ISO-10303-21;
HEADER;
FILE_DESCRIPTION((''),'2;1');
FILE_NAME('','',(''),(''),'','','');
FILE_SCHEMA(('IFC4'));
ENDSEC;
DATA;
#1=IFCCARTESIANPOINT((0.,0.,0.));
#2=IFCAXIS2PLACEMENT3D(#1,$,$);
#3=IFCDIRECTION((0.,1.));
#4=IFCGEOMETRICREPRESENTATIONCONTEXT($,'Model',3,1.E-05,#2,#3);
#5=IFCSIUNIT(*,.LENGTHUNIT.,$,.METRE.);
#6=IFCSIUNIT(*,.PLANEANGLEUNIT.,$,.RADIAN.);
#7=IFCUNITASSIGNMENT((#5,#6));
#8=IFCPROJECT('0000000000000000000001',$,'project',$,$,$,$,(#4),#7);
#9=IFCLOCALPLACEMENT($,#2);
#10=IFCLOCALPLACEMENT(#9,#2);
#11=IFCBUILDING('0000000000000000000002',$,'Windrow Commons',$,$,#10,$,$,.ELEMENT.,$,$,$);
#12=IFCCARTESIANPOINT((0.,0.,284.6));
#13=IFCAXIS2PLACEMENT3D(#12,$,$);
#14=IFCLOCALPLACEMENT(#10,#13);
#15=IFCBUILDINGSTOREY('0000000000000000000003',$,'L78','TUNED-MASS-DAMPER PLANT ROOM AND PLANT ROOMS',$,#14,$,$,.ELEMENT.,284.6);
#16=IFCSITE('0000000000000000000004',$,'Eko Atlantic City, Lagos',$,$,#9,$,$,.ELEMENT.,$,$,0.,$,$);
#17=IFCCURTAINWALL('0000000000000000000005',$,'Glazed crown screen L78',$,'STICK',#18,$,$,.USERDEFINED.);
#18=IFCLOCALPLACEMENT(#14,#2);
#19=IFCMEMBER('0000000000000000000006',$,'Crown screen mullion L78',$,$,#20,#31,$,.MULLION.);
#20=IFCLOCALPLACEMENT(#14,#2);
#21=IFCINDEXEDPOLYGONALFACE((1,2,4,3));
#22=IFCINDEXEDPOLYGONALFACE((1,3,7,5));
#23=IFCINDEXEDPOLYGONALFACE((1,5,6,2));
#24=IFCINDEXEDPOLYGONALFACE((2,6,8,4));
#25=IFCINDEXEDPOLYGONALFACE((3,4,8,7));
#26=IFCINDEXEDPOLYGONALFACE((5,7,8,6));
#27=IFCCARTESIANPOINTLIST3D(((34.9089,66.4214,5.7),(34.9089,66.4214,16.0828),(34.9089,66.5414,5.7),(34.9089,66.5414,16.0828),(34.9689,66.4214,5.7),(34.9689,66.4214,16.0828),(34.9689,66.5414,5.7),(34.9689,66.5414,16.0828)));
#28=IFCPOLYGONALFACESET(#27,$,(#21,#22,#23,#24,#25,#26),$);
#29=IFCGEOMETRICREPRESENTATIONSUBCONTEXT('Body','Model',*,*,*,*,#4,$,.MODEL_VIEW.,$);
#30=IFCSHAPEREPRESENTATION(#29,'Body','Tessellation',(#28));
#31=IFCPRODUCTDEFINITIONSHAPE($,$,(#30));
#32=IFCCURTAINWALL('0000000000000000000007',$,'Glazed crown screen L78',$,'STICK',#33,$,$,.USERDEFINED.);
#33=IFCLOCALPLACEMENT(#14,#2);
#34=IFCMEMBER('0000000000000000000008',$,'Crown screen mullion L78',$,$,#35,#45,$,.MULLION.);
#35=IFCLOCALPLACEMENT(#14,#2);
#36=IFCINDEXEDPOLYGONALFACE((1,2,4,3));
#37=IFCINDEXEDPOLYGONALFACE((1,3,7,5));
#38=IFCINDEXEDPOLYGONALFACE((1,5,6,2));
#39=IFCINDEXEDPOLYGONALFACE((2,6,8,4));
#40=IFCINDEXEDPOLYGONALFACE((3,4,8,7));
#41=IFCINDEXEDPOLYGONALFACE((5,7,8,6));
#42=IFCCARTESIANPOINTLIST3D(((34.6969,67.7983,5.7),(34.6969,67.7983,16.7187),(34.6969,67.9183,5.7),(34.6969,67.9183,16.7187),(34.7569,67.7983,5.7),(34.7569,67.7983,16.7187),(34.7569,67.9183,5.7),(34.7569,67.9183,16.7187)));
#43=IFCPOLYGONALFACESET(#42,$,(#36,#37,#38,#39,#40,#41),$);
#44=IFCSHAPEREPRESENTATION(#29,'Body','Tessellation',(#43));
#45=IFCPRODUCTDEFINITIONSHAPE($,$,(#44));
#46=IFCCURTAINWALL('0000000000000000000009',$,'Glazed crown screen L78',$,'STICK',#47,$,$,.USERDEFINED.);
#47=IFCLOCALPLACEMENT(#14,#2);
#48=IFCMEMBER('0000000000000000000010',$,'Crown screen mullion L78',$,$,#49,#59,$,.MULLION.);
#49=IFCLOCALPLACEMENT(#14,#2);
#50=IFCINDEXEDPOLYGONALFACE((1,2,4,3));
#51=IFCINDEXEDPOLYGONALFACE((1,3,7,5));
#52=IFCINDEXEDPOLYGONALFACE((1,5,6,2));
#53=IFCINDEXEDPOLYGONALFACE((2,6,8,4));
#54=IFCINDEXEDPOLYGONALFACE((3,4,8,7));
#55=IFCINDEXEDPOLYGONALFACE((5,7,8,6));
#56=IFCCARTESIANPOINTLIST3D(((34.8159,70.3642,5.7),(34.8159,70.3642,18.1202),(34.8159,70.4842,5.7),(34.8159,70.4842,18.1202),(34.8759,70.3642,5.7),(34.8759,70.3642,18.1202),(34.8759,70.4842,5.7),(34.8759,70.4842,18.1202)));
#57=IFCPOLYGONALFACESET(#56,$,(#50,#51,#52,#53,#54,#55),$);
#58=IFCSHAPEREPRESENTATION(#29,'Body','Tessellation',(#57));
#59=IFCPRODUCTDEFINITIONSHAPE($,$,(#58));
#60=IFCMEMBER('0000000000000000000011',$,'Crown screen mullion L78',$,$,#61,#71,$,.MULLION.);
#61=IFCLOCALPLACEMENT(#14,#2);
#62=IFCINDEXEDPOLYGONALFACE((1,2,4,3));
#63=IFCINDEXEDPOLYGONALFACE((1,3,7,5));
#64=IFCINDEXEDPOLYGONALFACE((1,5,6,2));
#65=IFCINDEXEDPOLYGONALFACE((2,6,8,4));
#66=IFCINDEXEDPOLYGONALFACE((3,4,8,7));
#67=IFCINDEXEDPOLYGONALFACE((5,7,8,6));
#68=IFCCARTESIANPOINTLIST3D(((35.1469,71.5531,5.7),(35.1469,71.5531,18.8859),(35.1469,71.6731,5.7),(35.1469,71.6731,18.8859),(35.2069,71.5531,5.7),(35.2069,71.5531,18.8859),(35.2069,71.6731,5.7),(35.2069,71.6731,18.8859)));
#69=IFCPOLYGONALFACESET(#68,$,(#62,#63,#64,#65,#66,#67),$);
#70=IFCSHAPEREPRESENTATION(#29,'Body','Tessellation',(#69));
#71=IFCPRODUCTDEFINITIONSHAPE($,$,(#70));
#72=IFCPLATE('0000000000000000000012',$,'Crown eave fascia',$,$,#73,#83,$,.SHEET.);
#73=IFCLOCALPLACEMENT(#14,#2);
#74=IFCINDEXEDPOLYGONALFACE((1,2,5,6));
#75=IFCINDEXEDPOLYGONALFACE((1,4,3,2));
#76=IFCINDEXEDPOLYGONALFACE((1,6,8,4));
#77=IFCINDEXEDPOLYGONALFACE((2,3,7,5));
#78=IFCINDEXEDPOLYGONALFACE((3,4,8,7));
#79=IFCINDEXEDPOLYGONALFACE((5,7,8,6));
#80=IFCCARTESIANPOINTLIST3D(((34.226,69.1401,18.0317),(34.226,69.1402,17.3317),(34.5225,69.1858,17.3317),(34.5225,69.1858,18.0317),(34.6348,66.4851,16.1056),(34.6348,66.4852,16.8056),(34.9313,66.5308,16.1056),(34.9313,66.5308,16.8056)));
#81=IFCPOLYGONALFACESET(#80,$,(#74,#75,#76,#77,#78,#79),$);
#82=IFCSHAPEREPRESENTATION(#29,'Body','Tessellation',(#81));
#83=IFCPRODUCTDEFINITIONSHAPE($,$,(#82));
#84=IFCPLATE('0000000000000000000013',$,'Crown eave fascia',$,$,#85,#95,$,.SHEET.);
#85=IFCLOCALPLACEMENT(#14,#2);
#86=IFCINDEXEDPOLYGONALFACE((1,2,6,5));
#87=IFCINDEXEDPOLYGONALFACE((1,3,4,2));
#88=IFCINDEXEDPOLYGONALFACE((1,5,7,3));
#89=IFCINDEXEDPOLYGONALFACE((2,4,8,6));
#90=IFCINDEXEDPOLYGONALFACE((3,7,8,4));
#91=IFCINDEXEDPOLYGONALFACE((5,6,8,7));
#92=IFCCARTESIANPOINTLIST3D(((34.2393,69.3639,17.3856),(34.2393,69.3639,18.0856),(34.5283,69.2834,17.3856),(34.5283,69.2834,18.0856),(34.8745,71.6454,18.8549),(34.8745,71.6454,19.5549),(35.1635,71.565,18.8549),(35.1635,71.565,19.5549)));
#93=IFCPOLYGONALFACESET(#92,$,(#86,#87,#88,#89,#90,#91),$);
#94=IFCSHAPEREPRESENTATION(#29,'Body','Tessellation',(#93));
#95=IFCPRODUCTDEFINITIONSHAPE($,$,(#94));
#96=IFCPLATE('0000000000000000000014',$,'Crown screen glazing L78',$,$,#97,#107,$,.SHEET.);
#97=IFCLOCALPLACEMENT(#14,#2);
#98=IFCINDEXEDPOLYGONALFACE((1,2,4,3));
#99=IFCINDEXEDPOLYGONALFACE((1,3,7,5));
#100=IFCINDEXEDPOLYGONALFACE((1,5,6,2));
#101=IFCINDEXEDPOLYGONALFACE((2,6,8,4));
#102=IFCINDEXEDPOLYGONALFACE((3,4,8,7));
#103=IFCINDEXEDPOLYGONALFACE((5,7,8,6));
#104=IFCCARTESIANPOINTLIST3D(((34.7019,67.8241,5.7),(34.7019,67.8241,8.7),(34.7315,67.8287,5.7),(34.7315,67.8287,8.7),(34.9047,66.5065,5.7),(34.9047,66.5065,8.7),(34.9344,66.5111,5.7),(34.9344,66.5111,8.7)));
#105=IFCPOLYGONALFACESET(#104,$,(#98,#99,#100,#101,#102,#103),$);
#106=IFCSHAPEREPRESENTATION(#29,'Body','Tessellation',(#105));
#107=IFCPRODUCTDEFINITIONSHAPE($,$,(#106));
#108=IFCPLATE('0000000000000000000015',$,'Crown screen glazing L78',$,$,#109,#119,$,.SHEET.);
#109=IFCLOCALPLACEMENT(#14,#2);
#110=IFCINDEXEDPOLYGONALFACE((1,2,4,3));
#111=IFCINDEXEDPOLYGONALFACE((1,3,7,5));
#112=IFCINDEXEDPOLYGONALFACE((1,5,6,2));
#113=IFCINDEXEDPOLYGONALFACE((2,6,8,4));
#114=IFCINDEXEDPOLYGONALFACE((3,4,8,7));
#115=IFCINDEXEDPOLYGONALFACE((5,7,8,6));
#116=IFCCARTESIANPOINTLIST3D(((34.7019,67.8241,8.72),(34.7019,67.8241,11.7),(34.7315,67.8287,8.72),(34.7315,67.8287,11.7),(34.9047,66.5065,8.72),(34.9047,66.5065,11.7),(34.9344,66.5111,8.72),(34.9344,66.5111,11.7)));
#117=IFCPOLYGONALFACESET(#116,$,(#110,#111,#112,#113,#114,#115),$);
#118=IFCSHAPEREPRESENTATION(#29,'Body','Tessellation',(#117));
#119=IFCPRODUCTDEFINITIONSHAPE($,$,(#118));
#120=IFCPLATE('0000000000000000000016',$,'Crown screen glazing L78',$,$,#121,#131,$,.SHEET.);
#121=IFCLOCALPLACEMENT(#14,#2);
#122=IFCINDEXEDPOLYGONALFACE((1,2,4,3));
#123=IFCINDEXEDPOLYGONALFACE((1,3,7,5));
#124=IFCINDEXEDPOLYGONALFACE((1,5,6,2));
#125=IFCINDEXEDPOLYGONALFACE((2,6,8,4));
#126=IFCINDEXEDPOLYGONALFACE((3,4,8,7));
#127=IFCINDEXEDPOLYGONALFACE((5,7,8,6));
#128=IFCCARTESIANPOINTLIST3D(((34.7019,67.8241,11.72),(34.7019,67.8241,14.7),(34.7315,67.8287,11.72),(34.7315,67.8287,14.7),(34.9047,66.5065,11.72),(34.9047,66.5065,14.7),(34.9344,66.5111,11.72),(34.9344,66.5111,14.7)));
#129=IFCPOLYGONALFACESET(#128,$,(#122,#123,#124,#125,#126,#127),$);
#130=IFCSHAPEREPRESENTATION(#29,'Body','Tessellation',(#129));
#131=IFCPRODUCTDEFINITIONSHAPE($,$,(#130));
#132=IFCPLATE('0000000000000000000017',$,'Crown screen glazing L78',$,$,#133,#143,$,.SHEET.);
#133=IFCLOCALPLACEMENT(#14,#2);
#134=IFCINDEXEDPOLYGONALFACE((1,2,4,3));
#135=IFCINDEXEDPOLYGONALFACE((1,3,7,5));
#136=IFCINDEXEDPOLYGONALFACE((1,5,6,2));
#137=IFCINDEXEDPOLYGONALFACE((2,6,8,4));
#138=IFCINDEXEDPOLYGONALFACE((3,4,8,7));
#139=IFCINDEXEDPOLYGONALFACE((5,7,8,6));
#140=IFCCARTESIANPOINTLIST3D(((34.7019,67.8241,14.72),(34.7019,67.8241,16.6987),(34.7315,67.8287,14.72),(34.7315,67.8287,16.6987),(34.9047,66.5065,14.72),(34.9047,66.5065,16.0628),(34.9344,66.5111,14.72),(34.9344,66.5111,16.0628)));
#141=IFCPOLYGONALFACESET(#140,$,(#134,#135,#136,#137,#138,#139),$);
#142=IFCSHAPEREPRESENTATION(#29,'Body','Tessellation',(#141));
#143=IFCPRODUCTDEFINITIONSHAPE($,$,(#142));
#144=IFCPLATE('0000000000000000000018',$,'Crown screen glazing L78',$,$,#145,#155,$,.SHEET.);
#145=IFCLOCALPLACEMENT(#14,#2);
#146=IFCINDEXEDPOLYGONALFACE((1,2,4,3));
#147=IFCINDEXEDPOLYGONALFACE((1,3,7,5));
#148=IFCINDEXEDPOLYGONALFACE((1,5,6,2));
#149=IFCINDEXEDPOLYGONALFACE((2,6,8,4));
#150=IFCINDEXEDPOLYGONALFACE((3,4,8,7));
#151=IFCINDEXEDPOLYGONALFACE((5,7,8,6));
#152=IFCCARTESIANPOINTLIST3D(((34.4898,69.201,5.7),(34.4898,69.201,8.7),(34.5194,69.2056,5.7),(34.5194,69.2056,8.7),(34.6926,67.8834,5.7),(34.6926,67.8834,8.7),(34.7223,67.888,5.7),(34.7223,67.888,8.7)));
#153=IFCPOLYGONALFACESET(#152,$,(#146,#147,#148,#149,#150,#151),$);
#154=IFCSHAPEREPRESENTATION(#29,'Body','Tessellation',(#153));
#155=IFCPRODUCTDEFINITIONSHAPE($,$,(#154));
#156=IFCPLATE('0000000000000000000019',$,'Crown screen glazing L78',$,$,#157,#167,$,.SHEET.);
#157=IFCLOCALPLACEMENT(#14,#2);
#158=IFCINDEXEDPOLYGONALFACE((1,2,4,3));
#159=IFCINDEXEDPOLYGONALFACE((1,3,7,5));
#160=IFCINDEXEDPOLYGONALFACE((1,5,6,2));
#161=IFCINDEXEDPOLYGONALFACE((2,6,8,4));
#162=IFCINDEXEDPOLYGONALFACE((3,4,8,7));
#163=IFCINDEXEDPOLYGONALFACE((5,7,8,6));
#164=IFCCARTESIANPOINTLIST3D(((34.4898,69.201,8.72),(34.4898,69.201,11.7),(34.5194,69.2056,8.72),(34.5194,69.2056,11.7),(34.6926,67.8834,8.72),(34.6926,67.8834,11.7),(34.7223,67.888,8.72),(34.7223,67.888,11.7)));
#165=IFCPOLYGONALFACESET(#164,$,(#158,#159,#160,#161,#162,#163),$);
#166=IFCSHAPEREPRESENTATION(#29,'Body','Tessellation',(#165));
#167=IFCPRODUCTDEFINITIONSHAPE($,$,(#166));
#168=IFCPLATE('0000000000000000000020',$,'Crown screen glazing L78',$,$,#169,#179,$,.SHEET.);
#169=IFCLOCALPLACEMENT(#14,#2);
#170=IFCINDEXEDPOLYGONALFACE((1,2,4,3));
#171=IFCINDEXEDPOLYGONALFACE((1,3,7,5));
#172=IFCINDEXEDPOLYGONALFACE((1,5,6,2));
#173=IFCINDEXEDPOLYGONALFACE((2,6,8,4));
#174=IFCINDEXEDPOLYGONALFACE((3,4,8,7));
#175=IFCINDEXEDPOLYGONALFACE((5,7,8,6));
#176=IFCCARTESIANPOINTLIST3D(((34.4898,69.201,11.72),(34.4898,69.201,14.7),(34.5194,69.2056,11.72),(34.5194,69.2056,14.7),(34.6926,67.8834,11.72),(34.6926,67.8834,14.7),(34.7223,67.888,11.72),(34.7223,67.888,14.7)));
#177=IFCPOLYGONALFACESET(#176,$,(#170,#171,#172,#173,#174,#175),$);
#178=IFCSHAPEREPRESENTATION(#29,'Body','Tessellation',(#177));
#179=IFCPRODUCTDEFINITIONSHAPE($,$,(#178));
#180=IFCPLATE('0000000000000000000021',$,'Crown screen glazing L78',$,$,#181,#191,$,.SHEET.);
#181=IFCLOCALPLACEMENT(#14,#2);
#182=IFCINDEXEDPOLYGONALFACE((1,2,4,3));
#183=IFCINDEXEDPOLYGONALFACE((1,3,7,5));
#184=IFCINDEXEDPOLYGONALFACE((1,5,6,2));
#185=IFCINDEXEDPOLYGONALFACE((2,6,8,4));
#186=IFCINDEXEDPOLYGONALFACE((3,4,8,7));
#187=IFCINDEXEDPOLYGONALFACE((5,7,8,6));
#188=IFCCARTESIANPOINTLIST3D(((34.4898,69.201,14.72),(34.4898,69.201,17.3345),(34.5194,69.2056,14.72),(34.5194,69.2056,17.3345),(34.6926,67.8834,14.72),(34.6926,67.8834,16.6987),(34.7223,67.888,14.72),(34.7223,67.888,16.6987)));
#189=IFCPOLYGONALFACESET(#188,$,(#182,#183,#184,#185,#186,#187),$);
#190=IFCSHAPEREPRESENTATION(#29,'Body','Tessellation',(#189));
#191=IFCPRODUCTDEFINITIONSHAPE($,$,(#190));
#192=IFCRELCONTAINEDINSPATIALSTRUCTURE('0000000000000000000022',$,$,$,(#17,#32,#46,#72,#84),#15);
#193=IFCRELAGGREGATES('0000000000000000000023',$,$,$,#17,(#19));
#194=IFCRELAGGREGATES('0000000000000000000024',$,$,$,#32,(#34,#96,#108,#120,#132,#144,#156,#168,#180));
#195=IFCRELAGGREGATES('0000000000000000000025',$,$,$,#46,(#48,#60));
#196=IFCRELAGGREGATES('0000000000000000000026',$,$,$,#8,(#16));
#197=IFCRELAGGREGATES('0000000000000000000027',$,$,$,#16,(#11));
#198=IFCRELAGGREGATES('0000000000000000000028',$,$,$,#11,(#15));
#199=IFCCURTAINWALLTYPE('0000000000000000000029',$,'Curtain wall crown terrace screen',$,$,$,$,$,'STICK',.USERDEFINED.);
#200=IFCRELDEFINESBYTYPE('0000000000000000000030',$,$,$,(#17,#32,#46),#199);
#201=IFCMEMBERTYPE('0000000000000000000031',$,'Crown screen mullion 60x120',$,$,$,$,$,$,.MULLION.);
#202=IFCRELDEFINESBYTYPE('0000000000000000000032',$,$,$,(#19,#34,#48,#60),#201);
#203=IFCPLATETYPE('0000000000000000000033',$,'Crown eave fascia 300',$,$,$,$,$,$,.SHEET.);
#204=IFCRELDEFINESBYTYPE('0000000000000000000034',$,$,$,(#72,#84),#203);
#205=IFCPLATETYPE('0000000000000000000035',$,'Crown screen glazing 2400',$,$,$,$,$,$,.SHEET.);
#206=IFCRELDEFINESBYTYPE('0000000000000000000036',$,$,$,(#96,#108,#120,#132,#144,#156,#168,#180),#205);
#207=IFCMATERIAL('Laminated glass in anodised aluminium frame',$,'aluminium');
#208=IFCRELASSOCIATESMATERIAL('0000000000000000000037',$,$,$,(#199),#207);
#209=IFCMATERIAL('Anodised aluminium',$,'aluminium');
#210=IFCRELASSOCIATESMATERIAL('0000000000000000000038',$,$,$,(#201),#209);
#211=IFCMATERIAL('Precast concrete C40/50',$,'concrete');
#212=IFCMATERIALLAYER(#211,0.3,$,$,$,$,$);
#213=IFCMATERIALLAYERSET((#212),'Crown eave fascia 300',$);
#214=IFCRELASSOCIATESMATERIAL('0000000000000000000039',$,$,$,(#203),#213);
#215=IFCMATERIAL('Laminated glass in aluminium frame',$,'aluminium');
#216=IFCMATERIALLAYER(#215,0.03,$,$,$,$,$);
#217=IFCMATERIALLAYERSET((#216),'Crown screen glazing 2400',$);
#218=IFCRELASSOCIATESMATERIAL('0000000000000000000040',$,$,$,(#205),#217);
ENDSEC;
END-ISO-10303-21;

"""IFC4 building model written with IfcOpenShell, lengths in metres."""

from ifc_helpers import new_model, si_unit, direction, frame, origin, origin_2d, place, context, subcontext, project, spatial, polyline, rectangle, outline, extrude, material, layer, layer_set, material_profile, profile_set, type_object, element, aggregate, save


model = new_model("IFC4")

# Units and contexts
model_context = context("Model", 3, precision=1e-05, world=origin(), true_north=direction((0.0, 1.0)))
body_context = subcontext(model_context, "Body", "Model", "MODEL_VIEW")
ifc_project = project(units=[si_unit("LENGTHUNIT", "METRE"), si_unit("PLANEANGLEUNIT", "RADIAN")], contexts=[model_context])

# Site, building, storey
site_placement = place(None, origin())
site = spatial("IfcSite", under=ifc_project, at=site_placement, Name="Eko Atlantic City, Lagos", CompositionType="ELEMENT", RefElevation=0.0)
building_placement = place(site_placement, origin())
building = spatial("IfcBuilding", under=site, at=building_placement, Name="Windrow Commons", CompositionType="ELEMENT")
storey_placement = place(building_placement, frame((0.0, 0.0, 284.6)))
storey = spatial("IfcBuildingStorey", under=building, at=storey_placement, Name="L78", Description="TUNED-MASS-DAMPER PLANT ROOM AND PLANT ROOMS", CompositionType="ELEMENT", Elevation=284.6)

# Curtain walls, members
ifc_material_1 = material(Name="Laminated glass in anodised aluminium frame", Category="aluminium")
curtain_wall_type = type_object("IfcCurtainWallType", Name="Curtain wall crown terrace screen", ElementType="STICK", PredefinedType="USERDEFINED", material=ifc_material_1)
placement = place(storey_placement, origin())
curtain_wall_1 = element("IfcCurtainWall", 1, at=placement, inside=storey, type_object=curtain_wall_type, Name="Glazed crown screen L78", ObjectType="STICK", PredefinedType="USERDEFINED")
ifc_material_2 = material(Name="Anodised aluminium", Category="aluminium")
ifc_material_profile = material_profile(ifc_material_2, rectangle(XDim=0.06, YDim=0.12, at=origin_2d()))
ifc_profile_set = profile_set([ifc_material_profile], Name="Anodised aluminium")
member_type = type_object("IfcMemberType", Name="Crown screen mullion 60x120", PredefinedType="MULLION", material=ifc_profile_set)
member_1_placement = place(storey_placement, frame((34.9389, 66.4814, 5.7), z_axis=(0.0, 0.0, 1.0), x_axis=(1.0, 0.0, 0.0)))
member_1 = element("IfcMember", 2, at=member_1_placement, type_object=member_type, Name="Crown screen mullion L78", PredefinedType="MULLION", context=body_context, shape_type="SweptSolid", body=[
    extrude(rectangle(XDim=0.06, YDim=0.12, at=origin_2d()), origin(), (0.0, 0.0, 1.0), 10.3828),
])
aggregate(curtain_wall_1, [member_1])
curtain_wall_2 = element("IfcCurtainWall", 3, at=placement, inside=storey, type_object=curtain_wall_type, Name="Glazed crown screen L78", ObjectType="STICK", PredefinedType="USERDEFINED")
member_2_placement = place(storey_placement, frame((34.7269, 67.8583, 5.7), z_axis=(0.0, 0.0, 1.0), x_axis=(1.0, 0.0, 0.0)))
member_2 = element("IfcMember", 4, at=member_2_placement, type_object=member_type, Name="Crown screen mullion L78", PredefinedType="MULLION", context=body_context, shape_type="SweptSolid", body=[
    extrude(rectangle(XDim=0.06, YDim=0.12, at=origin_2d()), origin(), (0.0, 0.0, 1.0), 11.0187),
])

# Curtain wall, members
curtain_wall_3 = element("IfcCurtainWall", 5, at=placement, inside=storey, type_object=curtain_wall_type, Name="Glazed crown screen L78", ObjectType="STICK", PredefinedType="USERDEFINED")
member_3_placement = place(storey_placement, frame((34.8459, 70.4242, 5.7), z_axis=(0.0, 0.0, 1.0), x_axis=(1.0, 0.0, 0.0)))
member_3 = element("IfcMember", 6, at=member_3_placement, type_object=member_type, Name="Crown screen mullion L78", PredefinedType="MULLION", context=body_context, shape_type="SweptSolid", body=[
    extrude(rectangle(XDim=0.06, YDim=0.12, at=origin_2d()), origin(), (0.0, 0.0, 1.0), 12.4202),
])
member_4_placement = place(storey_placement, frame((35.1769, 71.6131, 5.7), z_axis=(0.0, 0.0, 1.0), x_axis=(1.0, 0.0, 0.0)))
member_4 = element("IfcMember", 7, at=member_4_placement, type_object=member_type, Name="Crown screen mullion L78", PredefinedType="MULLION", context=body_context, shape_type="SweptSolid", body=[
    extrude(rectangle(XDim=0.06, YDim=0.12, at=origin_2d()), origin(), (0.0, 0.0, 1.0), 13.1859),
])

# Plates
ifc_material_3 = material(Name="Precast concrete C40/50", Category="concrete")
ifc_layer_1 = layer(ifc_material_3, 0.3)
ifc_layer_set_1 = layer_set([ifc_layer_1], Name="Crown eave fascia 300")
plate_type_1 = type_object("IfcPlateType", Name="Crown eave fascia 300", PredefinedType="SHEET", material=ifc_layer_set_1)
plate_1_placement = place(storey_placement, frame((34.9313, 66.5308, 16.1056), z_axis=(0.988353, 0.15218, 0.0), x_axis=(-0.138441, 0.899124, 0.415223)))
element("IfcPlate", 8, at=plate_1_placement, inside=storey, type_object=plate_type_1, Name="Crown eave fascia", PredefinedType="SHEET", context=body_context, shape_type="SweptSolid", body=[
    extrude(outline(polyline([(0.0, 0.0), (2.9529, 0.0), (3.2435, 0.6368), (0.2907, 0.6368), (0.0, 0.0)])), origin(), (0.0, 0.0, -1.0), 0.3),
])
plate_2_placement = place(storey_placement, frame((34.5283, 69.2834, 17.3856), z_axis=(0.963363, -0.268201, 0.0), x_axis=(0.227906, 0.818624, 0.527176)))
element("IfcPlate", 9, at=plate_2_placement, inside=storey, type_object=plate_type_1, Name="Crown eave fascia", PredefinedType="SHEET", context=body_context, shape_type="SweptSolid", body=[
    extrude(outline(polyline([(0.0, 0.0), (2.7871, 0.0), (3.1561, 0.5948), (0.369, 0.5948), (0.0, 0.0)])), origin(), (0.0, 0.0, -1.0), 0.3),
])

# Plates
ifc_material_4 = material(Name="Laminated glass in aluminium frame", Category="aluminium")
ifc_layer_2 = layer(ifc_material_4, 0.03)
ifc_layer_set_2 = layer_set([ifc_layer_2], Name="Crown screen glazing 2400")
plate_type_2 = type_object("IfcPlateType", Name="Crown screen glazing 2400", PredefinedType="SHEET", material=ifc_layer_set_2)
plate_3_placement = place(storey_placement, frame((34.9344, 66.5111, 5.7), z_axis=(0.98835, 0.152198, 0.0), x_axis=(-0.152198, 0.98835, 0.0)))
plate_3 = element("IfcPlate", 10, at=plate_3_placement, type_object=plate_type_2, Name="Crown screen glazing L78", PredefinedType="SHEET", context=body_context, shape_type="SweptSolid", body=[
    extrude(outline(polyline([(0.0, 0.0), (1.3331, 0.0), (1.3331, 3.0), (0.0, 3.0), (0.0, 0.0)])), origin(), (0.0, 0.0, -1.0), 0.03),
])
plate_4_placement = place(storey_placement, frame((34.9344, 66.5111, 8.72), z_axis=(0.98835, 0.152198, 0.0), x_axis=(-0.152198, 0.98835, 0.0)))
plate_4 = element("IfcPlate", 11, at=plate_4_placement, type_object=plate_type_2, Name="Crown screen glazing L78", PredefinedType="SHEET", context=body_context, shape_type="SweptSolid", body=[
    extrude(outline(polyline([(0.0, 0.0), (1.3331, 0.0), (1.3331, 2.98), (0.0, 2.98), (0.0, 0.0)])), origin(), (0.0, 0.0, -1.0), 0.03),
])
plate_5_placement = place(storey_placement, frame((34.9344, 66.5111, 11.72), z_axis=(0.98835, 0.152198, 0.0), x_axis=(-0.152198, 0.98835, 0.0)))
plate_5 = element("IfcPlate", 12, at=plate_5_placement, type_object=plate_type_2, Name="Crown screen glazing L78", PredefinedType="SHEET", context=body_context, shape_type="SweptSolid", body=[
    extrude(outline(polyline([(0.0, 0.0), (1.3331, 0.0), (1.3331, 2.98), (0.0, 2.98), (0.0, 0.0)])), origin(), (0.0, 0.0, -1.0), 0.03),
])
plate_6_placement = place(storey_placement, frame((34.9344, 66.5111, 14.72), z_axis=(0.98835, 0.152198, 0.0), x_axis=(-0.152198, 0.98835, 0.0)))
plate_6 = element("IfcPlate", 13, at=plate_6_placement, type_object=plate_type_2, Name="Crown screen glazing L78", PredefinedType="SHEET", context=body_context, shape_type="SweptSolid", body=[
    extrude(outline(polyline([(0.0, 0.0), (1.3331, 0.0), (1.3331, 1.9787), (0.0, 1.3428), (0.0, 0.0)])), origin(), (0.0, 0.0, -1.0), 0.03),
])
plate_7_placement = place(storey_placement, frame((34.7223, 67.888, 5.7), z_axis=(0.98835, 0.152198, 0.0), x_axis=(-0.152198, 0.98835, 0.0)))
plate_7 = element("IfcPlate", 14, at=plate_7_placement, type_object=plate_type_2, Name="Crown screen glazing L78", PredefinedType="SHEET", context=body_context, shape_type="SweptSolid", body=[
    extrude(outline(polyline([(0.0, 0.0), (1.3331, 0.0), (1.3331, 3.0), (0.0, 3.0), (0.0, 0.0)])), origin(), (0.0, 0.0, -1.0), 0.03),
])
plate_8_placement = place(storey_placement, frame((34.7223, 67.888, 8.72), z_axis=(0.98835, 0.152198, 0.0), x_axis=(-0.152198, 0.98835, 0.0)))
plate_8 = element("IfcPlate", 15, at=plate_8_placement, type_object=plate_type_2, Name="Crown screen glazing L78", PredefinedType="SHEET", context=body_context, shape_type="SweptSolid", body=[
    extrude(outline(polyline([(0.0, 0.0), (1.3331, 0.0), (1.3331, 2.98), (0.0, 2.98), (0.0, 0.0)])), origin(), (0.0, 0.0, -1.0), 0.03),
])
plate_9_placement = place(storey_placement, frame((34.7223, 67.888, 11.72), z_axis=(0.98835, 0.152198, 0.0), x_axis=(-0.152198, 0.98835, 0.0)))
plate_9 = element("IfcPlate", 16, at=plate_9_placement, type_object=plate_type_2, Name="Crown screen glazing L78", PredefinedType="SHEET", context=body_context, shape_type="SweptSolid", body=[
    extrude(outline(polyline([(0.0, 0.0), (1.3331, 0.0), (1.3331, 2.98), (0.0, 2.98), (0.0, 0.0)])), origin(), (0.0, 0.0, -1.0), 0.03),
])
plate_10_placement = place(storey_placement, frame((34.7223, 67.888, 14.72), z_axis=(0.98835, 0.152198, 0.0), x_axis=(-0.152198, 0.98835, 0.0)))
plate_10 = element("IfcPlate", 17, at=plate_10_placement, type_object=plate_type_2, Name="Crown screen glazing L78", PredefinedType="SHEET", context=body_context, shape_type="SweptSolid", body=[
    extrude(outline(polyline([(0.0, 0.0), (1.3331, 0.0), (1.3331, 2.6145), (0.0, 1.9787), (0.0, 0.0)])), origin(), (0.0, 0.0, -1.0), 0.03),
])
aggregate(curtain_wall_2, [member_2, plate_3, plate_4, plate_5, plate_6, plate_7, plate_8, plate_9, plate_10])
aggregate(curtain_wall_3, [member_3, member_4])

save(model, "model.ifc")
